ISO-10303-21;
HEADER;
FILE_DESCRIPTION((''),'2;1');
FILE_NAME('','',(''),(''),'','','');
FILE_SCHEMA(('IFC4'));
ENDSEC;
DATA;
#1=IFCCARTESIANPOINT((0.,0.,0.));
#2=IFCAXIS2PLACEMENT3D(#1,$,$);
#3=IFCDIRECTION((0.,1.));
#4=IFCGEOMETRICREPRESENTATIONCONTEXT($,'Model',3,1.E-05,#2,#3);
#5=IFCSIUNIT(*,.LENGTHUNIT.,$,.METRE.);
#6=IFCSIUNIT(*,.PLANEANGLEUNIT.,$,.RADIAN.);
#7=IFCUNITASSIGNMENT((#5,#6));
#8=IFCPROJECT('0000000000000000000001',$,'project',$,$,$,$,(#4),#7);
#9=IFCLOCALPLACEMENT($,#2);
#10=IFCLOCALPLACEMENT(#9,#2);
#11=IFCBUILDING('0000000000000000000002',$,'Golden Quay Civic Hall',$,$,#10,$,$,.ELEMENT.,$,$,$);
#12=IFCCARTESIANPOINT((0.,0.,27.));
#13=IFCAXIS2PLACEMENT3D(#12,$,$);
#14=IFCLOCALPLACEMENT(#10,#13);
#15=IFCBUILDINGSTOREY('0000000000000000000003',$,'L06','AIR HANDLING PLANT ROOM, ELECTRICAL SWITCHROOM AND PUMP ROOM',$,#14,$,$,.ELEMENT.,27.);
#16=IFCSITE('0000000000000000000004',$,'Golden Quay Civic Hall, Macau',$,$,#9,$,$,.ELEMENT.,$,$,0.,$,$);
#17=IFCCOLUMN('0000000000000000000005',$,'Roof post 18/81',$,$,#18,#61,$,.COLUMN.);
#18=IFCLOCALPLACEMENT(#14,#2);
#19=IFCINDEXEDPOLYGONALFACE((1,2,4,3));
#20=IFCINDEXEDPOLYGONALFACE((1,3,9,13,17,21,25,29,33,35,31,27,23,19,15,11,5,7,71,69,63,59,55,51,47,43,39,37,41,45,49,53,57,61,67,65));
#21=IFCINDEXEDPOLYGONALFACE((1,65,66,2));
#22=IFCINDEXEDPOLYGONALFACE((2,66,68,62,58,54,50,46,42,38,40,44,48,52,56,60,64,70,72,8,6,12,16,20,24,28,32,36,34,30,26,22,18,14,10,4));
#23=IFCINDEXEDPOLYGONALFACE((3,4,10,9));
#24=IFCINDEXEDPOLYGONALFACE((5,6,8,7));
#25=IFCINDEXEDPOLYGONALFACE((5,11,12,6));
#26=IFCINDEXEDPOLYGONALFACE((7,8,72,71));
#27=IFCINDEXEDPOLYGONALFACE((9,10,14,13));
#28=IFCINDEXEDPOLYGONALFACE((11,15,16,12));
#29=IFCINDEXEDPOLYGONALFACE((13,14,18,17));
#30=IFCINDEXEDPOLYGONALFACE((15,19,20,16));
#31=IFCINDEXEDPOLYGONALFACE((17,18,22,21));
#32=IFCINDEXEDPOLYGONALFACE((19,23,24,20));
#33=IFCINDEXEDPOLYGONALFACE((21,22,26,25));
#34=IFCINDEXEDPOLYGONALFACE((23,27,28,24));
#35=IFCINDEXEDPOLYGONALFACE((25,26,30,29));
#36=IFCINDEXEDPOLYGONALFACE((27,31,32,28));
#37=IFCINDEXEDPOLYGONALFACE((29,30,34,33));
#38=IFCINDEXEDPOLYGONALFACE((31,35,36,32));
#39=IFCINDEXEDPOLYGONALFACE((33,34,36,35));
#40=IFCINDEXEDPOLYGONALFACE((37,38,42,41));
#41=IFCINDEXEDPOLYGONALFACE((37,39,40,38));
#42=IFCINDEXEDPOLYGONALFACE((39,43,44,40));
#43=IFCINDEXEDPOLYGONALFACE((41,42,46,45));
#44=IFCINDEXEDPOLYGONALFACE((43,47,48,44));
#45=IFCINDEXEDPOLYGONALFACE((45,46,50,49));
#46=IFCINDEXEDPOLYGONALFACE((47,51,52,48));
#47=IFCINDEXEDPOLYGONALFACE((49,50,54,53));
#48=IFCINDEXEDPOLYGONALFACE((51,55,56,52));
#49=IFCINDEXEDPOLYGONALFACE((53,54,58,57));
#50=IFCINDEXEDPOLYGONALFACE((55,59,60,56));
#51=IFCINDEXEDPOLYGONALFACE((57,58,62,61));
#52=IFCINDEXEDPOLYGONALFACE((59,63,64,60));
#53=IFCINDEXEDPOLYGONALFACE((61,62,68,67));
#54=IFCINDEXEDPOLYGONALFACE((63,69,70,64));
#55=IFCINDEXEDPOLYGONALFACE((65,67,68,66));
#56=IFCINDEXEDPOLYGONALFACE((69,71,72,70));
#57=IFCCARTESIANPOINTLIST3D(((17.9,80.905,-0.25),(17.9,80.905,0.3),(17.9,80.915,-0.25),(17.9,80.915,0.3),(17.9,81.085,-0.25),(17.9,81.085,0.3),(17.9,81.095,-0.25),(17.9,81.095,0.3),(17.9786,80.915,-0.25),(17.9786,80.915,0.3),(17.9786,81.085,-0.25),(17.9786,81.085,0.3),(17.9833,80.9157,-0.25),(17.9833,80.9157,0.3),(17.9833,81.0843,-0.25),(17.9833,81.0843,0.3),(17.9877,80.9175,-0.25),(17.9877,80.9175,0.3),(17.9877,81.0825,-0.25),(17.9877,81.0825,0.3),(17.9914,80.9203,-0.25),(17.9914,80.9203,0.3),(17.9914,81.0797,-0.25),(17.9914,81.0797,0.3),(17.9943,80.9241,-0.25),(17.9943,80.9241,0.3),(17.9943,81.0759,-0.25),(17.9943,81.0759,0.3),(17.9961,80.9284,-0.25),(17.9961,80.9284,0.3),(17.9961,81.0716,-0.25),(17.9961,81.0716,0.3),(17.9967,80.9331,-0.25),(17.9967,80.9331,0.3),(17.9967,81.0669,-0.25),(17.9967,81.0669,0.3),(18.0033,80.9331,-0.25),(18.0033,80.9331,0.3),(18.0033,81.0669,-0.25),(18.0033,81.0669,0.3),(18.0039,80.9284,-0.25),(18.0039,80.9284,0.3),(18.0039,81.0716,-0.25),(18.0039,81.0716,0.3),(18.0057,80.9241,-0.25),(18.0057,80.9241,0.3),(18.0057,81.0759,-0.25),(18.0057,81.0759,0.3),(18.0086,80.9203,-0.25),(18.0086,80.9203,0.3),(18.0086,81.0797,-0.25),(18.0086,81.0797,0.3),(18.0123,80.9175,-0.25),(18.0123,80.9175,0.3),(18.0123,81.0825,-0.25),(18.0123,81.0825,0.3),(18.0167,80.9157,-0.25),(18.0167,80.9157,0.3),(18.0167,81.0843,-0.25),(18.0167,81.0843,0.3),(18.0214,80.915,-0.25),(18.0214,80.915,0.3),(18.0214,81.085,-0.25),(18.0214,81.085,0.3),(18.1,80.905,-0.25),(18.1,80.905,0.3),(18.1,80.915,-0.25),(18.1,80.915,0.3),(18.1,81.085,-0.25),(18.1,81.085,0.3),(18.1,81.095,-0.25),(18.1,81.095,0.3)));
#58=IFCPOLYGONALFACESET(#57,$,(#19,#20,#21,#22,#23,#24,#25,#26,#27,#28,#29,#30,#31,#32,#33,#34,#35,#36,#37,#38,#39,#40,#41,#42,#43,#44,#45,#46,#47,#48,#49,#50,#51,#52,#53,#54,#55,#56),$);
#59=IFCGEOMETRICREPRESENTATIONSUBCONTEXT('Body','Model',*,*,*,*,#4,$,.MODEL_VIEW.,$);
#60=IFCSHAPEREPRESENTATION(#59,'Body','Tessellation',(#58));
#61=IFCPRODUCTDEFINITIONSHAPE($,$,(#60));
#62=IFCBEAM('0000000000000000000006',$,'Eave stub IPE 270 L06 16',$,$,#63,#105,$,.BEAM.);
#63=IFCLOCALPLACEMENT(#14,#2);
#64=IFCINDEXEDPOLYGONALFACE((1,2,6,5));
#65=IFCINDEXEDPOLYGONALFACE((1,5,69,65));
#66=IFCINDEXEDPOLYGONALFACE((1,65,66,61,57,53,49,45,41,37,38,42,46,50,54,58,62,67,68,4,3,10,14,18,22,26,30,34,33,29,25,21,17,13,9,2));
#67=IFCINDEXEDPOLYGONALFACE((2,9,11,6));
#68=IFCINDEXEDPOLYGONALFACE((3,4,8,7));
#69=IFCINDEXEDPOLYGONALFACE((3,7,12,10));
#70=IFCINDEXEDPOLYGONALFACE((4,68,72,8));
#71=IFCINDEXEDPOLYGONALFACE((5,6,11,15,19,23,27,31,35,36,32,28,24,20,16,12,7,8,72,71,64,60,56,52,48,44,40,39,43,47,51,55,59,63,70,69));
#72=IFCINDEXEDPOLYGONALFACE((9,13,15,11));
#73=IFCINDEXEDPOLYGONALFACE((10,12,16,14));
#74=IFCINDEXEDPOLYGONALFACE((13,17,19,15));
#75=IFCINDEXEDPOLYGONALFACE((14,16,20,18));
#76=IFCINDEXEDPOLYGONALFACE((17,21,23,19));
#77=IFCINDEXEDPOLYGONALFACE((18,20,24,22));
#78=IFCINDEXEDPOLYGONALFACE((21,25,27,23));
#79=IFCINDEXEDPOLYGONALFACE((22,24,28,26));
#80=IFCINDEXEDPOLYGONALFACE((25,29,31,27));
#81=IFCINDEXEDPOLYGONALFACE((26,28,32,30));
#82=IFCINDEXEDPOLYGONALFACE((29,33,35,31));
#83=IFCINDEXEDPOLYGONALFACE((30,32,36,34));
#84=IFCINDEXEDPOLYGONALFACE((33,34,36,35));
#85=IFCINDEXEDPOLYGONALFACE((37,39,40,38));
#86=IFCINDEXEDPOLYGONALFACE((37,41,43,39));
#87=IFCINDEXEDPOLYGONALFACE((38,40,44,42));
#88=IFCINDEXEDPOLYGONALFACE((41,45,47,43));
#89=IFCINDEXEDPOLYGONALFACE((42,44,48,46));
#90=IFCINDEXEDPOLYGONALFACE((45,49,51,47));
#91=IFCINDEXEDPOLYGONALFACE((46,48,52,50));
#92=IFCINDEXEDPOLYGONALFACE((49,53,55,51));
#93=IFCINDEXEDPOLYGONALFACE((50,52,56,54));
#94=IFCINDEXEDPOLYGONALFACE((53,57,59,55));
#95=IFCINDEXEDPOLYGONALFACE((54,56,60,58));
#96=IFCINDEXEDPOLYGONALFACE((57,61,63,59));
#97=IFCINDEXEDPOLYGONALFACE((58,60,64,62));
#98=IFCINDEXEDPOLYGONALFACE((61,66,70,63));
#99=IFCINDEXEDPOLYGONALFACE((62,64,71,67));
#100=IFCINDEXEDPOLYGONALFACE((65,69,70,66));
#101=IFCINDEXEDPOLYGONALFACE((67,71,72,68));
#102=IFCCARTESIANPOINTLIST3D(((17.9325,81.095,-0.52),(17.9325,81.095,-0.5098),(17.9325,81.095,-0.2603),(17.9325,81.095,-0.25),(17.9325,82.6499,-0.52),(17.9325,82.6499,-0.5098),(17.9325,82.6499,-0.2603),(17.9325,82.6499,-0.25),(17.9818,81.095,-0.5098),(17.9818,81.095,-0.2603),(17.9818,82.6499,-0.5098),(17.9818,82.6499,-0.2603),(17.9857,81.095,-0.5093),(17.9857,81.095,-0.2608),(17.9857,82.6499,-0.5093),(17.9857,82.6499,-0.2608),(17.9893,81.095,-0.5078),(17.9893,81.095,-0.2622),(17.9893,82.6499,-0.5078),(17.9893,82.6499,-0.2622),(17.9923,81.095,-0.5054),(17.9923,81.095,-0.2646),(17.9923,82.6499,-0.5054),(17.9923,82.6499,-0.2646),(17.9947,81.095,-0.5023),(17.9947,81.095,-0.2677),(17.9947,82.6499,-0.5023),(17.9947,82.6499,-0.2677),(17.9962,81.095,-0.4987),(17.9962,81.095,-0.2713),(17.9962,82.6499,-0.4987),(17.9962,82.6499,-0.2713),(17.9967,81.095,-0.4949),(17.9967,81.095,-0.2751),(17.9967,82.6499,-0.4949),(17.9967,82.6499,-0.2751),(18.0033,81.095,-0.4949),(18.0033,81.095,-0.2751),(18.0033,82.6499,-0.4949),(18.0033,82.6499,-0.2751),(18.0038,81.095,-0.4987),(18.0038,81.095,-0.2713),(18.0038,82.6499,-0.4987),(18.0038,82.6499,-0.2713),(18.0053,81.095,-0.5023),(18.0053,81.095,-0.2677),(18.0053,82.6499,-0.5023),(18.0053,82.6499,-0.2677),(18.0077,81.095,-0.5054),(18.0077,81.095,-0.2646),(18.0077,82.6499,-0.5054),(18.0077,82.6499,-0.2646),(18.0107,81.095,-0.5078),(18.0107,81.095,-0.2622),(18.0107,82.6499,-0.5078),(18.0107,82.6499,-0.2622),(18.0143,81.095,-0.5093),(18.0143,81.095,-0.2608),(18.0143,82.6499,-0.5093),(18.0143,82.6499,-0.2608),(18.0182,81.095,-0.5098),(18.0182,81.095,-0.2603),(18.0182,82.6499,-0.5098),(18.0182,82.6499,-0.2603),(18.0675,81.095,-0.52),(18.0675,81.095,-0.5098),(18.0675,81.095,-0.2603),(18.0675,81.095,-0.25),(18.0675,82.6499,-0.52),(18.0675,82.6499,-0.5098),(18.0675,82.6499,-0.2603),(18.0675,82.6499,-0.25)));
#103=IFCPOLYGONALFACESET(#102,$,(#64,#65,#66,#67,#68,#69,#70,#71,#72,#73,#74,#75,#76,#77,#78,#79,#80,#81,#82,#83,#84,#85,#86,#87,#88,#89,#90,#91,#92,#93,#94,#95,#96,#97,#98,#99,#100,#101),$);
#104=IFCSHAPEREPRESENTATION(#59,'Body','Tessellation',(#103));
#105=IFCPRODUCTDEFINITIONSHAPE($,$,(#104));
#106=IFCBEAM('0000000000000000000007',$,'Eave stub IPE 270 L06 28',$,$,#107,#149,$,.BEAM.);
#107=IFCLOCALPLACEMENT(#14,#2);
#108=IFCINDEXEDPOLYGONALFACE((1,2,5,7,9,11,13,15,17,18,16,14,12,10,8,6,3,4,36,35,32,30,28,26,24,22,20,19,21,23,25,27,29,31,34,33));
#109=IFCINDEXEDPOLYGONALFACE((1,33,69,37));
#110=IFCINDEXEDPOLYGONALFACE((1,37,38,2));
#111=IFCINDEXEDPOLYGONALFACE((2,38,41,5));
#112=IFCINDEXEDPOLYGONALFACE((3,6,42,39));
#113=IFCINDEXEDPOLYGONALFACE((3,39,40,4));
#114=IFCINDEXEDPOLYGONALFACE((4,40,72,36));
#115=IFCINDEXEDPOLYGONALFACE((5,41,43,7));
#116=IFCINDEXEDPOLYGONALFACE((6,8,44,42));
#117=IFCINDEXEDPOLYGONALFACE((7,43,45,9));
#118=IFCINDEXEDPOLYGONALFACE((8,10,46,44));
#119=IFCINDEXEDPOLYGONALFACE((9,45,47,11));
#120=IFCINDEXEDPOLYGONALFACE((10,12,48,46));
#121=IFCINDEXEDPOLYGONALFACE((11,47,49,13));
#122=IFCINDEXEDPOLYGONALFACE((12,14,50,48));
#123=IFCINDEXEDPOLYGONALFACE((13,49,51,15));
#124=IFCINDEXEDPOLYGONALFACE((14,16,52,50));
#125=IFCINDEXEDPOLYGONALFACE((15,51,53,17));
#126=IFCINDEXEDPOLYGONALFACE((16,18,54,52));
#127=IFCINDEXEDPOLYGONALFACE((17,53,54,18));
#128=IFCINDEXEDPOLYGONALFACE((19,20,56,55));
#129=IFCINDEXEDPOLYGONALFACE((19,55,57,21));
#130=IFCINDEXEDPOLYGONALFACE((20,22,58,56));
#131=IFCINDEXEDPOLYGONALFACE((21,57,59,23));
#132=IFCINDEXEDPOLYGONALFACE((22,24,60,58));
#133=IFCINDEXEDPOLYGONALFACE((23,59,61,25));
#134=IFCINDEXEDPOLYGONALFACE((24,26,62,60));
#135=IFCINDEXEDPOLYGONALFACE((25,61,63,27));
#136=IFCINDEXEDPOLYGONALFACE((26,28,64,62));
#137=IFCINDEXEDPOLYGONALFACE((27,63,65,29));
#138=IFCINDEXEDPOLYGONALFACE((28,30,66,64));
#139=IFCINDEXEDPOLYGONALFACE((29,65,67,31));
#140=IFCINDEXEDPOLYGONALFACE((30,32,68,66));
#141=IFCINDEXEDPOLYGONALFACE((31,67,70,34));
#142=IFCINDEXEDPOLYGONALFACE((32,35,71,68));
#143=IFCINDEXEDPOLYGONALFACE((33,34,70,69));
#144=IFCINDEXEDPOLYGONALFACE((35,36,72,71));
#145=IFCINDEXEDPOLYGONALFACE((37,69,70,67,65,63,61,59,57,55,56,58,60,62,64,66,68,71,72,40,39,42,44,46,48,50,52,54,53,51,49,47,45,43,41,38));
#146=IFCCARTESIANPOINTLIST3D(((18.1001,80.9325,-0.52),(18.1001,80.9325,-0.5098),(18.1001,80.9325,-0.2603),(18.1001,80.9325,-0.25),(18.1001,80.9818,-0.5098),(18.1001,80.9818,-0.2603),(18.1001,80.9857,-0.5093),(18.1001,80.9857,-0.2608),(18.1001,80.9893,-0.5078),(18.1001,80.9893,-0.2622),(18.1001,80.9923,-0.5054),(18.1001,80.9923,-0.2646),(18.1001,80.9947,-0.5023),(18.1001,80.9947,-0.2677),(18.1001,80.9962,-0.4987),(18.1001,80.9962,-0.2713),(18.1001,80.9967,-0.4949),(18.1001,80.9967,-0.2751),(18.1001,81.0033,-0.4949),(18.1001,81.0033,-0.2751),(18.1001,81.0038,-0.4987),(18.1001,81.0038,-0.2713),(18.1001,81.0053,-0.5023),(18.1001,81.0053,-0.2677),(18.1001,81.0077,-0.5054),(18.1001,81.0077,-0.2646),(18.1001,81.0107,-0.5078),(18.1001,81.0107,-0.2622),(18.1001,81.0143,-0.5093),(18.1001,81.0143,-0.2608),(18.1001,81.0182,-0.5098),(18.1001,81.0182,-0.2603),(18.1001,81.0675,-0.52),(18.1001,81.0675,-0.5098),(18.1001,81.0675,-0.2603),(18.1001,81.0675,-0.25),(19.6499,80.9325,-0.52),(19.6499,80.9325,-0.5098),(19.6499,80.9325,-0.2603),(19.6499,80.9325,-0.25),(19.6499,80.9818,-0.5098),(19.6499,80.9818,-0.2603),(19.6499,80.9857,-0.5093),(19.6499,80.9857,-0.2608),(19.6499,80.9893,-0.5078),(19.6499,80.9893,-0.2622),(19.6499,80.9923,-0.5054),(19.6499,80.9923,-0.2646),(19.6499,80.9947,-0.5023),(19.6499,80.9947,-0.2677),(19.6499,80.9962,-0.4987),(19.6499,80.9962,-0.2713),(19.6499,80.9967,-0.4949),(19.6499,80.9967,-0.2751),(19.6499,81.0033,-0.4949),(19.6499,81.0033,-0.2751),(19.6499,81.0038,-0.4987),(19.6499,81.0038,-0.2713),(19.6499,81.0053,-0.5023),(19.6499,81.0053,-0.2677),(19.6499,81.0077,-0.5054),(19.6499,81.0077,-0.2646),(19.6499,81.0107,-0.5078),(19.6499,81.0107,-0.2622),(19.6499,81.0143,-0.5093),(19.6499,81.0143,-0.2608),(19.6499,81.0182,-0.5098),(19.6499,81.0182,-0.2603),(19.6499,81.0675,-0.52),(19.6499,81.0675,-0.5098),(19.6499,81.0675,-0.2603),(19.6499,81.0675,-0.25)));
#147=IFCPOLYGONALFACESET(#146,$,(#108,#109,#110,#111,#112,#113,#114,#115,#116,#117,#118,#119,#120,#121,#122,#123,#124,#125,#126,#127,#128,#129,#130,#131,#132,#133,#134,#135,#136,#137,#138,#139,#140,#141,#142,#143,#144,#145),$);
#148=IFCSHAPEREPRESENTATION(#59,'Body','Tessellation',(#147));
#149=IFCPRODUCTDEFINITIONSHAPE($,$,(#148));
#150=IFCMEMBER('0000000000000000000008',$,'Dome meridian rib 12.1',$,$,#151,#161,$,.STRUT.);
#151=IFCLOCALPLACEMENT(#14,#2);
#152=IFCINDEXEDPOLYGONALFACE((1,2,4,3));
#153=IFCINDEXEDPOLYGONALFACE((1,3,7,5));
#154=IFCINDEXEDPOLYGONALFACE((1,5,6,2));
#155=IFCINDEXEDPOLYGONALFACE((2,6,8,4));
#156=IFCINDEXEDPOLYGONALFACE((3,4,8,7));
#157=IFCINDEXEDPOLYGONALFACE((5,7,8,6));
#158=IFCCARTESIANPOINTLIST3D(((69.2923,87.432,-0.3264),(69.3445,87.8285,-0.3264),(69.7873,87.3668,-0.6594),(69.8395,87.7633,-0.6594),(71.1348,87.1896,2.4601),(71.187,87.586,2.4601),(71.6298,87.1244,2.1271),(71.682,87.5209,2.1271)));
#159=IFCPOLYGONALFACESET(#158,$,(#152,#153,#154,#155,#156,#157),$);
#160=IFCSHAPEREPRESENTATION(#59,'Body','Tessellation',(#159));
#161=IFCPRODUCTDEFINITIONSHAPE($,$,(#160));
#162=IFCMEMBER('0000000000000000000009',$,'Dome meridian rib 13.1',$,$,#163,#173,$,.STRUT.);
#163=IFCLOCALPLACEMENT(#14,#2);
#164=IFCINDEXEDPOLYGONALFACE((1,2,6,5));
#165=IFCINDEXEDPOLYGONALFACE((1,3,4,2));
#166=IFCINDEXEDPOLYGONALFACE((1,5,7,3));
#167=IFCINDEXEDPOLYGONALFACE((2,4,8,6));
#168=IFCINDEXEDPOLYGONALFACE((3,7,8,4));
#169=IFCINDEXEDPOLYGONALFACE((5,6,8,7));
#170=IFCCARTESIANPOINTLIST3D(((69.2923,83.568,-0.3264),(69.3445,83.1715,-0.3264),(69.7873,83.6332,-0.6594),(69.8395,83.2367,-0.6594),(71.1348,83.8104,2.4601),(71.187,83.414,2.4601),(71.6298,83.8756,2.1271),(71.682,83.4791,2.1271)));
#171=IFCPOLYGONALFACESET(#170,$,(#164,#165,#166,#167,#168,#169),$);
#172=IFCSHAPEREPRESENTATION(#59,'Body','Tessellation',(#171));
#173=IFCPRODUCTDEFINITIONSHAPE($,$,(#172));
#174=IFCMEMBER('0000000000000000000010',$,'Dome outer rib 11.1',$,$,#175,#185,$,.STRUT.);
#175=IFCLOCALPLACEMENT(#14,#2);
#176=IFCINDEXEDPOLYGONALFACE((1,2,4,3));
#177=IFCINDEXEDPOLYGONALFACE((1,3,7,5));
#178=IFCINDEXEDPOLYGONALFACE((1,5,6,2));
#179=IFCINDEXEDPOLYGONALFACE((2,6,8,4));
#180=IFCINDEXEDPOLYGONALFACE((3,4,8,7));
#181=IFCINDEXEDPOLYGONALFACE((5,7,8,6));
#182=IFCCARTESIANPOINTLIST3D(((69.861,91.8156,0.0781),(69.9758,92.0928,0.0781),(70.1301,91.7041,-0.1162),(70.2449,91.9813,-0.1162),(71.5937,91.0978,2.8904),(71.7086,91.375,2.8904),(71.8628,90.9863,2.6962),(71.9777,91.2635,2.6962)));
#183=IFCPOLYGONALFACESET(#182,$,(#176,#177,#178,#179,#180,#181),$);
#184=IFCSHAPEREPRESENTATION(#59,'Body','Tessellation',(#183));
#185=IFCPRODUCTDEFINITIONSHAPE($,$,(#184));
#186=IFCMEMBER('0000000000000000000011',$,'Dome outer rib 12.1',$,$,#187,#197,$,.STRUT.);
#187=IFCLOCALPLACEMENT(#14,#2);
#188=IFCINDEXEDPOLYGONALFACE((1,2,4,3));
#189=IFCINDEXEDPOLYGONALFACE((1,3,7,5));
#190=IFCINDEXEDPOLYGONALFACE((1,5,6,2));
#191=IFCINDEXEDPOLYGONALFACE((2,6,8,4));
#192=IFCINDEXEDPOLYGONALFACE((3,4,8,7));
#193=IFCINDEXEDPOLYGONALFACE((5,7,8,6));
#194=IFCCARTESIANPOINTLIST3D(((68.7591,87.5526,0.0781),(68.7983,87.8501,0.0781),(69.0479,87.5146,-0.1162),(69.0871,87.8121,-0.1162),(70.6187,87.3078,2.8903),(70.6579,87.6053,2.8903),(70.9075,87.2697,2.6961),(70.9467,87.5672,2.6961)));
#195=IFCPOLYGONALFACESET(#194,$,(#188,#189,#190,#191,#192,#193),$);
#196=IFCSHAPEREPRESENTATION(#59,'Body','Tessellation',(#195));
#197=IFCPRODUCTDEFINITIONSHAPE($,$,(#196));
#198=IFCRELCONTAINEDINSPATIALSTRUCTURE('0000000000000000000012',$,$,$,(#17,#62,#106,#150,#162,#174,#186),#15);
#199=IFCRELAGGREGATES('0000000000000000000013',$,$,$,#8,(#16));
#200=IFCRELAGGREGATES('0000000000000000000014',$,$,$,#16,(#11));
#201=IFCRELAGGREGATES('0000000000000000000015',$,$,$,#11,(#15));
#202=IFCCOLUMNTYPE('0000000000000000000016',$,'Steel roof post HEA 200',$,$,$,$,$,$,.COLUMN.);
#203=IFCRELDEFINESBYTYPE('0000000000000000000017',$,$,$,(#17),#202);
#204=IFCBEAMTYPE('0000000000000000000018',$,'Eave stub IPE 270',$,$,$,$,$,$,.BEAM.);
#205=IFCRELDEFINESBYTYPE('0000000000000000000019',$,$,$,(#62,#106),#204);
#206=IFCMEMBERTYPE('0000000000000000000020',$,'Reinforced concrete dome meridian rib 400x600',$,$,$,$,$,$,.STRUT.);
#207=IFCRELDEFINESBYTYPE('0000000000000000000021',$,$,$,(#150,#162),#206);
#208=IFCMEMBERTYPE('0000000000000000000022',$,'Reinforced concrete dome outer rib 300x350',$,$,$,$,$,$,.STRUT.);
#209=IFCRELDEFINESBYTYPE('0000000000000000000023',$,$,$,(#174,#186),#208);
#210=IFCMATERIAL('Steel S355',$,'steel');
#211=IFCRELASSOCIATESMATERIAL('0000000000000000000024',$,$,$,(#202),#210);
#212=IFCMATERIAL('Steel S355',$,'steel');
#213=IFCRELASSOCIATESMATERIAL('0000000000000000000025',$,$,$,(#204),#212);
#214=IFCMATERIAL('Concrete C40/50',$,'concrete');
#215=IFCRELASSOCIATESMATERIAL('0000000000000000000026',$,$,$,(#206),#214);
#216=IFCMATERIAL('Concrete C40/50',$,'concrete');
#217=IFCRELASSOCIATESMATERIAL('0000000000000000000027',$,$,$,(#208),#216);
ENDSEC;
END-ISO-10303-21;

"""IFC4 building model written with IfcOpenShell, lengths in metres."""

from ifc_helpers import new_model, si_unit, direction, frame, origin, origin_2d, place, context, subcontext, project, spatial, rectangle, i_section, extrude, material, material_profile, profile_set, type_object, element, save


model = new_model("IFC4")

# Units and contexts
model_context = context("Model", 3, precision=1e-05, world=origin(), true_north=direction((0.0, 1.0)))
body_context = subcontext(model_context, "Body", "Model", "MODEL_VIEW")
ifc_project = project(units=[si_unit("LENGTHUNIT", "METRE"), si_unit("PLANEANGLEUNIT", "RADIAN")], contexts=[model_context])

# Site, building, storey
site_placement = place(None, origin())
site = spatial("IfcSite", under=ifc_project, at=site_placement, Name="Golden Quay Civic Hall, Macau", CompositionType="ELEMENT", RefElevation=0.0)
building_placement = place(site_placement, origin())
building = spatial("IfcBuilding", under=site, at=building_placement, Name="Golden Quay Civic Hall", CompositionType="ELEMENT")
storey_placement = place(building_placement, frame((0.0, 0.0, 27.0)))
storey = spatial("IfcBuildingStorey", under=building, at=storey_placement, Name="L06", Description="AIR HANDLING PLANT ROOM, ELECTRICAL SWITCHROOM AND PUMP ROOM", CompositionType="ELEMENT", Elevation=27.0)

# Column
ifc_material_1 = material(Name="Steel S355", Category="steel")
ifc_material_profile_1 = material_profile(ifc_material_1, i_section(OverallWidth=0.2, OverallDepth=0.1899, WebThickness=0.0066, FlangeThickness=0.01, FilletRadius=0.0181, at=origin_2d()), Name="HEA 200")
ifc_profile_set_1 = profile_set([ifc_material_profile_1], Name="Steel S355")
column_type = type_object("IfcColumnType", Name="Steel roof post HEA 200", PredefinedType="COLUMN", material=ifc_profile_set_1)
column_placement = place(storey_placement, frame((18.0, 81.0, -0.25), z_axis=(0.0, 0.0, 1.0), x_axis=(1.0, 0.0, 0.0)))
element("IfcColumn", 1, at=column_placement, inside=storey, type_object=column_type, Name="Roof post 18/81", PredefinedType="COLUMN", context=body_context, shape_type="SweptSolid", body=[
    extrude(i_section(OverallWidth=0.2, OverallDepth=0.1899, WebThickness=0.0066, FlangeThickness=0.01, FilletRadius=0.0181, at=origin_2d()), origin(), (0.0, 0.0, 1.0), 0.55),
])

# Beams
ifc_material_2 = material(Name="Steel S355", Category="steel")
ifc_material_profile_2 = material_profile(ifc_material_2, i_section(OverallWidth=0.135, OverallDepth=0.27, WebThickness=0.0066, FlangeThickness=0.0103, FilletRadius=0.0149, at=origin_2d()), Name="IPE 270")
ifc_profile_set_2 = profile_set([ifc_material_profile_2], Name="Steel S355")
beam_type_1 = type_object("IfcBeamType", Name="Eave stub IPE 270", PredefinedType="BEAM", material=ifc_profile_set_2)
beam_1_placement = place(storey_placement, frame((18.0, 81.095, -0.385), z_axis=(0.0, 1.0, 0.0), x_axis=(-1.0, 0.0, 0.0)))
element("IfcBeam", 2, at=beam_1_placement, inside=storey, type_object=beam_type_1, Name="Eave stub IPE 270 L06 16", PredefinedType="BEAM", context=body_context, shape_type="SweptSolid", body=[
    extrude(i_section(OverallWidth=0.135, OverallDepth=0.27, WebThickness=0.0066, FlangeThickness=0.0103, FilletRadius=0.0149, at=origin_2d()), origin(), (0.0, 0.0, 1.0), 1.5549),
])
beam_2_placement = place(storey_placement, frame((18.1001, 81.0, -0.385), z_axis=(1.0, 0.0, 0.0), x_axis=(0.0, 1.0, 0.0)))
element("IfcBeam", 3, at=beam_2_placement, inside=storey, type_object=beam_type_1, Name="Eave stub IPE 270 L06 28", PredefinedType="BEAM", context=body_context, shape_type="SweptSolid", body=[
    extrude(i_section(OverallWidth=0.135, OverallDepth=0.27, WebThickness=0.0066, FlangeThickness=0.0103, FilletRadius=0.0149, at=origin_2d()), origin(), (0.0, 0.0, 1.0), 1.5498),
])

# Members
ifc_material_3 = material(Name="Concrete C40/50", Category="concrete")
ifc_material_profile_3 = material_profile(ifc_material_3, rectangle(XDim=0.3999, YDim=0.6001, at=origin_2d()), Name="RC 400x600")
ifc_profile_set_3 = profile_set([ifc_material_profile_3], Name="Concrete C40/50")
member_type_1 = type_object("IfcMemberType", Name="Reinforced concrete dome meridian rib 400x600", PredefinedType="STRUT", material=ifc_profile_set_3)
for number, where, z_axis, x_axis, name in (
    (4, (69.5659, 87.5977, -0.4929), (0.550096, -0.072379, 0.831959), (0.130451, 0.991455, 0.0), "Dome meridian rib 12.1"),
    (5, (69.5659, 83.4023, -0.4929), (0.550096, 0.072379, 0.831959), (-0.130451, 0.991455, 0.0), "Dome meridian rib 13.1"),
):
    element("IfcMember", number, at=place(storey_placement, frame(where, z_axis=z_axis, x_axis=x_axis)), inside=storey, type_object=member_type_1, Name=name, PredefinedType="STRUT", context=body_context, shape_type="SweptSolid", body=[
        extrude(rectangle(XDim=0.3999, YDim=0.6001, at=origin_2d()), origin(), (0.0, 0.0, 1.0), 3.3494),
    ])
ifc_material_4 = material(Name="Concrete C40/50", Category="concrete")
ifc_material_profile_4 = material_profile(ifc_material_4, rectangle(XDim=0.3, YDim=0.3501, at=origin_2d()), Name="RC 300x350")
ifc_profile_set_4 = profile_set([ifc_material_profile_4], Name="Concrete C40/50")
member_type_2 = type_object("IfcMemberType", Name="Reinforced concrete dome outer rib 300x350", PredefinedType="STRUT", material=ifc_profile_set_4)
for number, where, z_axis, x_axis, name in (
    (6, (70.053, 91.8984, -0.019), (0.512585, -0.212343, 0.831966), (0.38272, 0.923865, 0.0), "Dome outer rib 11.1"),
    (7, (68.9231, 87.6824, -0.019), (0.550122, -0.07244, 0.831936), (0.130552, 0.991441, 0.0), "Dome outer rib 12.1"),
):
    element("IfcMember", number, at=place(storey_placement, frame(where, z_axis=z_axis, x_axis=x_axis)), inside=storey, type_object=member_type_2, Name=name, PredefinedType="STRUT", context=body_context, shape_type="SweptSolid", body=[
        extrude(rectangle(XDim=0.3, YDim=0.3501, at=origin_2d()), origin(), (0.0, 0.0, 1.0), 3.3804),
    ])

save(model, "model.ifc")
